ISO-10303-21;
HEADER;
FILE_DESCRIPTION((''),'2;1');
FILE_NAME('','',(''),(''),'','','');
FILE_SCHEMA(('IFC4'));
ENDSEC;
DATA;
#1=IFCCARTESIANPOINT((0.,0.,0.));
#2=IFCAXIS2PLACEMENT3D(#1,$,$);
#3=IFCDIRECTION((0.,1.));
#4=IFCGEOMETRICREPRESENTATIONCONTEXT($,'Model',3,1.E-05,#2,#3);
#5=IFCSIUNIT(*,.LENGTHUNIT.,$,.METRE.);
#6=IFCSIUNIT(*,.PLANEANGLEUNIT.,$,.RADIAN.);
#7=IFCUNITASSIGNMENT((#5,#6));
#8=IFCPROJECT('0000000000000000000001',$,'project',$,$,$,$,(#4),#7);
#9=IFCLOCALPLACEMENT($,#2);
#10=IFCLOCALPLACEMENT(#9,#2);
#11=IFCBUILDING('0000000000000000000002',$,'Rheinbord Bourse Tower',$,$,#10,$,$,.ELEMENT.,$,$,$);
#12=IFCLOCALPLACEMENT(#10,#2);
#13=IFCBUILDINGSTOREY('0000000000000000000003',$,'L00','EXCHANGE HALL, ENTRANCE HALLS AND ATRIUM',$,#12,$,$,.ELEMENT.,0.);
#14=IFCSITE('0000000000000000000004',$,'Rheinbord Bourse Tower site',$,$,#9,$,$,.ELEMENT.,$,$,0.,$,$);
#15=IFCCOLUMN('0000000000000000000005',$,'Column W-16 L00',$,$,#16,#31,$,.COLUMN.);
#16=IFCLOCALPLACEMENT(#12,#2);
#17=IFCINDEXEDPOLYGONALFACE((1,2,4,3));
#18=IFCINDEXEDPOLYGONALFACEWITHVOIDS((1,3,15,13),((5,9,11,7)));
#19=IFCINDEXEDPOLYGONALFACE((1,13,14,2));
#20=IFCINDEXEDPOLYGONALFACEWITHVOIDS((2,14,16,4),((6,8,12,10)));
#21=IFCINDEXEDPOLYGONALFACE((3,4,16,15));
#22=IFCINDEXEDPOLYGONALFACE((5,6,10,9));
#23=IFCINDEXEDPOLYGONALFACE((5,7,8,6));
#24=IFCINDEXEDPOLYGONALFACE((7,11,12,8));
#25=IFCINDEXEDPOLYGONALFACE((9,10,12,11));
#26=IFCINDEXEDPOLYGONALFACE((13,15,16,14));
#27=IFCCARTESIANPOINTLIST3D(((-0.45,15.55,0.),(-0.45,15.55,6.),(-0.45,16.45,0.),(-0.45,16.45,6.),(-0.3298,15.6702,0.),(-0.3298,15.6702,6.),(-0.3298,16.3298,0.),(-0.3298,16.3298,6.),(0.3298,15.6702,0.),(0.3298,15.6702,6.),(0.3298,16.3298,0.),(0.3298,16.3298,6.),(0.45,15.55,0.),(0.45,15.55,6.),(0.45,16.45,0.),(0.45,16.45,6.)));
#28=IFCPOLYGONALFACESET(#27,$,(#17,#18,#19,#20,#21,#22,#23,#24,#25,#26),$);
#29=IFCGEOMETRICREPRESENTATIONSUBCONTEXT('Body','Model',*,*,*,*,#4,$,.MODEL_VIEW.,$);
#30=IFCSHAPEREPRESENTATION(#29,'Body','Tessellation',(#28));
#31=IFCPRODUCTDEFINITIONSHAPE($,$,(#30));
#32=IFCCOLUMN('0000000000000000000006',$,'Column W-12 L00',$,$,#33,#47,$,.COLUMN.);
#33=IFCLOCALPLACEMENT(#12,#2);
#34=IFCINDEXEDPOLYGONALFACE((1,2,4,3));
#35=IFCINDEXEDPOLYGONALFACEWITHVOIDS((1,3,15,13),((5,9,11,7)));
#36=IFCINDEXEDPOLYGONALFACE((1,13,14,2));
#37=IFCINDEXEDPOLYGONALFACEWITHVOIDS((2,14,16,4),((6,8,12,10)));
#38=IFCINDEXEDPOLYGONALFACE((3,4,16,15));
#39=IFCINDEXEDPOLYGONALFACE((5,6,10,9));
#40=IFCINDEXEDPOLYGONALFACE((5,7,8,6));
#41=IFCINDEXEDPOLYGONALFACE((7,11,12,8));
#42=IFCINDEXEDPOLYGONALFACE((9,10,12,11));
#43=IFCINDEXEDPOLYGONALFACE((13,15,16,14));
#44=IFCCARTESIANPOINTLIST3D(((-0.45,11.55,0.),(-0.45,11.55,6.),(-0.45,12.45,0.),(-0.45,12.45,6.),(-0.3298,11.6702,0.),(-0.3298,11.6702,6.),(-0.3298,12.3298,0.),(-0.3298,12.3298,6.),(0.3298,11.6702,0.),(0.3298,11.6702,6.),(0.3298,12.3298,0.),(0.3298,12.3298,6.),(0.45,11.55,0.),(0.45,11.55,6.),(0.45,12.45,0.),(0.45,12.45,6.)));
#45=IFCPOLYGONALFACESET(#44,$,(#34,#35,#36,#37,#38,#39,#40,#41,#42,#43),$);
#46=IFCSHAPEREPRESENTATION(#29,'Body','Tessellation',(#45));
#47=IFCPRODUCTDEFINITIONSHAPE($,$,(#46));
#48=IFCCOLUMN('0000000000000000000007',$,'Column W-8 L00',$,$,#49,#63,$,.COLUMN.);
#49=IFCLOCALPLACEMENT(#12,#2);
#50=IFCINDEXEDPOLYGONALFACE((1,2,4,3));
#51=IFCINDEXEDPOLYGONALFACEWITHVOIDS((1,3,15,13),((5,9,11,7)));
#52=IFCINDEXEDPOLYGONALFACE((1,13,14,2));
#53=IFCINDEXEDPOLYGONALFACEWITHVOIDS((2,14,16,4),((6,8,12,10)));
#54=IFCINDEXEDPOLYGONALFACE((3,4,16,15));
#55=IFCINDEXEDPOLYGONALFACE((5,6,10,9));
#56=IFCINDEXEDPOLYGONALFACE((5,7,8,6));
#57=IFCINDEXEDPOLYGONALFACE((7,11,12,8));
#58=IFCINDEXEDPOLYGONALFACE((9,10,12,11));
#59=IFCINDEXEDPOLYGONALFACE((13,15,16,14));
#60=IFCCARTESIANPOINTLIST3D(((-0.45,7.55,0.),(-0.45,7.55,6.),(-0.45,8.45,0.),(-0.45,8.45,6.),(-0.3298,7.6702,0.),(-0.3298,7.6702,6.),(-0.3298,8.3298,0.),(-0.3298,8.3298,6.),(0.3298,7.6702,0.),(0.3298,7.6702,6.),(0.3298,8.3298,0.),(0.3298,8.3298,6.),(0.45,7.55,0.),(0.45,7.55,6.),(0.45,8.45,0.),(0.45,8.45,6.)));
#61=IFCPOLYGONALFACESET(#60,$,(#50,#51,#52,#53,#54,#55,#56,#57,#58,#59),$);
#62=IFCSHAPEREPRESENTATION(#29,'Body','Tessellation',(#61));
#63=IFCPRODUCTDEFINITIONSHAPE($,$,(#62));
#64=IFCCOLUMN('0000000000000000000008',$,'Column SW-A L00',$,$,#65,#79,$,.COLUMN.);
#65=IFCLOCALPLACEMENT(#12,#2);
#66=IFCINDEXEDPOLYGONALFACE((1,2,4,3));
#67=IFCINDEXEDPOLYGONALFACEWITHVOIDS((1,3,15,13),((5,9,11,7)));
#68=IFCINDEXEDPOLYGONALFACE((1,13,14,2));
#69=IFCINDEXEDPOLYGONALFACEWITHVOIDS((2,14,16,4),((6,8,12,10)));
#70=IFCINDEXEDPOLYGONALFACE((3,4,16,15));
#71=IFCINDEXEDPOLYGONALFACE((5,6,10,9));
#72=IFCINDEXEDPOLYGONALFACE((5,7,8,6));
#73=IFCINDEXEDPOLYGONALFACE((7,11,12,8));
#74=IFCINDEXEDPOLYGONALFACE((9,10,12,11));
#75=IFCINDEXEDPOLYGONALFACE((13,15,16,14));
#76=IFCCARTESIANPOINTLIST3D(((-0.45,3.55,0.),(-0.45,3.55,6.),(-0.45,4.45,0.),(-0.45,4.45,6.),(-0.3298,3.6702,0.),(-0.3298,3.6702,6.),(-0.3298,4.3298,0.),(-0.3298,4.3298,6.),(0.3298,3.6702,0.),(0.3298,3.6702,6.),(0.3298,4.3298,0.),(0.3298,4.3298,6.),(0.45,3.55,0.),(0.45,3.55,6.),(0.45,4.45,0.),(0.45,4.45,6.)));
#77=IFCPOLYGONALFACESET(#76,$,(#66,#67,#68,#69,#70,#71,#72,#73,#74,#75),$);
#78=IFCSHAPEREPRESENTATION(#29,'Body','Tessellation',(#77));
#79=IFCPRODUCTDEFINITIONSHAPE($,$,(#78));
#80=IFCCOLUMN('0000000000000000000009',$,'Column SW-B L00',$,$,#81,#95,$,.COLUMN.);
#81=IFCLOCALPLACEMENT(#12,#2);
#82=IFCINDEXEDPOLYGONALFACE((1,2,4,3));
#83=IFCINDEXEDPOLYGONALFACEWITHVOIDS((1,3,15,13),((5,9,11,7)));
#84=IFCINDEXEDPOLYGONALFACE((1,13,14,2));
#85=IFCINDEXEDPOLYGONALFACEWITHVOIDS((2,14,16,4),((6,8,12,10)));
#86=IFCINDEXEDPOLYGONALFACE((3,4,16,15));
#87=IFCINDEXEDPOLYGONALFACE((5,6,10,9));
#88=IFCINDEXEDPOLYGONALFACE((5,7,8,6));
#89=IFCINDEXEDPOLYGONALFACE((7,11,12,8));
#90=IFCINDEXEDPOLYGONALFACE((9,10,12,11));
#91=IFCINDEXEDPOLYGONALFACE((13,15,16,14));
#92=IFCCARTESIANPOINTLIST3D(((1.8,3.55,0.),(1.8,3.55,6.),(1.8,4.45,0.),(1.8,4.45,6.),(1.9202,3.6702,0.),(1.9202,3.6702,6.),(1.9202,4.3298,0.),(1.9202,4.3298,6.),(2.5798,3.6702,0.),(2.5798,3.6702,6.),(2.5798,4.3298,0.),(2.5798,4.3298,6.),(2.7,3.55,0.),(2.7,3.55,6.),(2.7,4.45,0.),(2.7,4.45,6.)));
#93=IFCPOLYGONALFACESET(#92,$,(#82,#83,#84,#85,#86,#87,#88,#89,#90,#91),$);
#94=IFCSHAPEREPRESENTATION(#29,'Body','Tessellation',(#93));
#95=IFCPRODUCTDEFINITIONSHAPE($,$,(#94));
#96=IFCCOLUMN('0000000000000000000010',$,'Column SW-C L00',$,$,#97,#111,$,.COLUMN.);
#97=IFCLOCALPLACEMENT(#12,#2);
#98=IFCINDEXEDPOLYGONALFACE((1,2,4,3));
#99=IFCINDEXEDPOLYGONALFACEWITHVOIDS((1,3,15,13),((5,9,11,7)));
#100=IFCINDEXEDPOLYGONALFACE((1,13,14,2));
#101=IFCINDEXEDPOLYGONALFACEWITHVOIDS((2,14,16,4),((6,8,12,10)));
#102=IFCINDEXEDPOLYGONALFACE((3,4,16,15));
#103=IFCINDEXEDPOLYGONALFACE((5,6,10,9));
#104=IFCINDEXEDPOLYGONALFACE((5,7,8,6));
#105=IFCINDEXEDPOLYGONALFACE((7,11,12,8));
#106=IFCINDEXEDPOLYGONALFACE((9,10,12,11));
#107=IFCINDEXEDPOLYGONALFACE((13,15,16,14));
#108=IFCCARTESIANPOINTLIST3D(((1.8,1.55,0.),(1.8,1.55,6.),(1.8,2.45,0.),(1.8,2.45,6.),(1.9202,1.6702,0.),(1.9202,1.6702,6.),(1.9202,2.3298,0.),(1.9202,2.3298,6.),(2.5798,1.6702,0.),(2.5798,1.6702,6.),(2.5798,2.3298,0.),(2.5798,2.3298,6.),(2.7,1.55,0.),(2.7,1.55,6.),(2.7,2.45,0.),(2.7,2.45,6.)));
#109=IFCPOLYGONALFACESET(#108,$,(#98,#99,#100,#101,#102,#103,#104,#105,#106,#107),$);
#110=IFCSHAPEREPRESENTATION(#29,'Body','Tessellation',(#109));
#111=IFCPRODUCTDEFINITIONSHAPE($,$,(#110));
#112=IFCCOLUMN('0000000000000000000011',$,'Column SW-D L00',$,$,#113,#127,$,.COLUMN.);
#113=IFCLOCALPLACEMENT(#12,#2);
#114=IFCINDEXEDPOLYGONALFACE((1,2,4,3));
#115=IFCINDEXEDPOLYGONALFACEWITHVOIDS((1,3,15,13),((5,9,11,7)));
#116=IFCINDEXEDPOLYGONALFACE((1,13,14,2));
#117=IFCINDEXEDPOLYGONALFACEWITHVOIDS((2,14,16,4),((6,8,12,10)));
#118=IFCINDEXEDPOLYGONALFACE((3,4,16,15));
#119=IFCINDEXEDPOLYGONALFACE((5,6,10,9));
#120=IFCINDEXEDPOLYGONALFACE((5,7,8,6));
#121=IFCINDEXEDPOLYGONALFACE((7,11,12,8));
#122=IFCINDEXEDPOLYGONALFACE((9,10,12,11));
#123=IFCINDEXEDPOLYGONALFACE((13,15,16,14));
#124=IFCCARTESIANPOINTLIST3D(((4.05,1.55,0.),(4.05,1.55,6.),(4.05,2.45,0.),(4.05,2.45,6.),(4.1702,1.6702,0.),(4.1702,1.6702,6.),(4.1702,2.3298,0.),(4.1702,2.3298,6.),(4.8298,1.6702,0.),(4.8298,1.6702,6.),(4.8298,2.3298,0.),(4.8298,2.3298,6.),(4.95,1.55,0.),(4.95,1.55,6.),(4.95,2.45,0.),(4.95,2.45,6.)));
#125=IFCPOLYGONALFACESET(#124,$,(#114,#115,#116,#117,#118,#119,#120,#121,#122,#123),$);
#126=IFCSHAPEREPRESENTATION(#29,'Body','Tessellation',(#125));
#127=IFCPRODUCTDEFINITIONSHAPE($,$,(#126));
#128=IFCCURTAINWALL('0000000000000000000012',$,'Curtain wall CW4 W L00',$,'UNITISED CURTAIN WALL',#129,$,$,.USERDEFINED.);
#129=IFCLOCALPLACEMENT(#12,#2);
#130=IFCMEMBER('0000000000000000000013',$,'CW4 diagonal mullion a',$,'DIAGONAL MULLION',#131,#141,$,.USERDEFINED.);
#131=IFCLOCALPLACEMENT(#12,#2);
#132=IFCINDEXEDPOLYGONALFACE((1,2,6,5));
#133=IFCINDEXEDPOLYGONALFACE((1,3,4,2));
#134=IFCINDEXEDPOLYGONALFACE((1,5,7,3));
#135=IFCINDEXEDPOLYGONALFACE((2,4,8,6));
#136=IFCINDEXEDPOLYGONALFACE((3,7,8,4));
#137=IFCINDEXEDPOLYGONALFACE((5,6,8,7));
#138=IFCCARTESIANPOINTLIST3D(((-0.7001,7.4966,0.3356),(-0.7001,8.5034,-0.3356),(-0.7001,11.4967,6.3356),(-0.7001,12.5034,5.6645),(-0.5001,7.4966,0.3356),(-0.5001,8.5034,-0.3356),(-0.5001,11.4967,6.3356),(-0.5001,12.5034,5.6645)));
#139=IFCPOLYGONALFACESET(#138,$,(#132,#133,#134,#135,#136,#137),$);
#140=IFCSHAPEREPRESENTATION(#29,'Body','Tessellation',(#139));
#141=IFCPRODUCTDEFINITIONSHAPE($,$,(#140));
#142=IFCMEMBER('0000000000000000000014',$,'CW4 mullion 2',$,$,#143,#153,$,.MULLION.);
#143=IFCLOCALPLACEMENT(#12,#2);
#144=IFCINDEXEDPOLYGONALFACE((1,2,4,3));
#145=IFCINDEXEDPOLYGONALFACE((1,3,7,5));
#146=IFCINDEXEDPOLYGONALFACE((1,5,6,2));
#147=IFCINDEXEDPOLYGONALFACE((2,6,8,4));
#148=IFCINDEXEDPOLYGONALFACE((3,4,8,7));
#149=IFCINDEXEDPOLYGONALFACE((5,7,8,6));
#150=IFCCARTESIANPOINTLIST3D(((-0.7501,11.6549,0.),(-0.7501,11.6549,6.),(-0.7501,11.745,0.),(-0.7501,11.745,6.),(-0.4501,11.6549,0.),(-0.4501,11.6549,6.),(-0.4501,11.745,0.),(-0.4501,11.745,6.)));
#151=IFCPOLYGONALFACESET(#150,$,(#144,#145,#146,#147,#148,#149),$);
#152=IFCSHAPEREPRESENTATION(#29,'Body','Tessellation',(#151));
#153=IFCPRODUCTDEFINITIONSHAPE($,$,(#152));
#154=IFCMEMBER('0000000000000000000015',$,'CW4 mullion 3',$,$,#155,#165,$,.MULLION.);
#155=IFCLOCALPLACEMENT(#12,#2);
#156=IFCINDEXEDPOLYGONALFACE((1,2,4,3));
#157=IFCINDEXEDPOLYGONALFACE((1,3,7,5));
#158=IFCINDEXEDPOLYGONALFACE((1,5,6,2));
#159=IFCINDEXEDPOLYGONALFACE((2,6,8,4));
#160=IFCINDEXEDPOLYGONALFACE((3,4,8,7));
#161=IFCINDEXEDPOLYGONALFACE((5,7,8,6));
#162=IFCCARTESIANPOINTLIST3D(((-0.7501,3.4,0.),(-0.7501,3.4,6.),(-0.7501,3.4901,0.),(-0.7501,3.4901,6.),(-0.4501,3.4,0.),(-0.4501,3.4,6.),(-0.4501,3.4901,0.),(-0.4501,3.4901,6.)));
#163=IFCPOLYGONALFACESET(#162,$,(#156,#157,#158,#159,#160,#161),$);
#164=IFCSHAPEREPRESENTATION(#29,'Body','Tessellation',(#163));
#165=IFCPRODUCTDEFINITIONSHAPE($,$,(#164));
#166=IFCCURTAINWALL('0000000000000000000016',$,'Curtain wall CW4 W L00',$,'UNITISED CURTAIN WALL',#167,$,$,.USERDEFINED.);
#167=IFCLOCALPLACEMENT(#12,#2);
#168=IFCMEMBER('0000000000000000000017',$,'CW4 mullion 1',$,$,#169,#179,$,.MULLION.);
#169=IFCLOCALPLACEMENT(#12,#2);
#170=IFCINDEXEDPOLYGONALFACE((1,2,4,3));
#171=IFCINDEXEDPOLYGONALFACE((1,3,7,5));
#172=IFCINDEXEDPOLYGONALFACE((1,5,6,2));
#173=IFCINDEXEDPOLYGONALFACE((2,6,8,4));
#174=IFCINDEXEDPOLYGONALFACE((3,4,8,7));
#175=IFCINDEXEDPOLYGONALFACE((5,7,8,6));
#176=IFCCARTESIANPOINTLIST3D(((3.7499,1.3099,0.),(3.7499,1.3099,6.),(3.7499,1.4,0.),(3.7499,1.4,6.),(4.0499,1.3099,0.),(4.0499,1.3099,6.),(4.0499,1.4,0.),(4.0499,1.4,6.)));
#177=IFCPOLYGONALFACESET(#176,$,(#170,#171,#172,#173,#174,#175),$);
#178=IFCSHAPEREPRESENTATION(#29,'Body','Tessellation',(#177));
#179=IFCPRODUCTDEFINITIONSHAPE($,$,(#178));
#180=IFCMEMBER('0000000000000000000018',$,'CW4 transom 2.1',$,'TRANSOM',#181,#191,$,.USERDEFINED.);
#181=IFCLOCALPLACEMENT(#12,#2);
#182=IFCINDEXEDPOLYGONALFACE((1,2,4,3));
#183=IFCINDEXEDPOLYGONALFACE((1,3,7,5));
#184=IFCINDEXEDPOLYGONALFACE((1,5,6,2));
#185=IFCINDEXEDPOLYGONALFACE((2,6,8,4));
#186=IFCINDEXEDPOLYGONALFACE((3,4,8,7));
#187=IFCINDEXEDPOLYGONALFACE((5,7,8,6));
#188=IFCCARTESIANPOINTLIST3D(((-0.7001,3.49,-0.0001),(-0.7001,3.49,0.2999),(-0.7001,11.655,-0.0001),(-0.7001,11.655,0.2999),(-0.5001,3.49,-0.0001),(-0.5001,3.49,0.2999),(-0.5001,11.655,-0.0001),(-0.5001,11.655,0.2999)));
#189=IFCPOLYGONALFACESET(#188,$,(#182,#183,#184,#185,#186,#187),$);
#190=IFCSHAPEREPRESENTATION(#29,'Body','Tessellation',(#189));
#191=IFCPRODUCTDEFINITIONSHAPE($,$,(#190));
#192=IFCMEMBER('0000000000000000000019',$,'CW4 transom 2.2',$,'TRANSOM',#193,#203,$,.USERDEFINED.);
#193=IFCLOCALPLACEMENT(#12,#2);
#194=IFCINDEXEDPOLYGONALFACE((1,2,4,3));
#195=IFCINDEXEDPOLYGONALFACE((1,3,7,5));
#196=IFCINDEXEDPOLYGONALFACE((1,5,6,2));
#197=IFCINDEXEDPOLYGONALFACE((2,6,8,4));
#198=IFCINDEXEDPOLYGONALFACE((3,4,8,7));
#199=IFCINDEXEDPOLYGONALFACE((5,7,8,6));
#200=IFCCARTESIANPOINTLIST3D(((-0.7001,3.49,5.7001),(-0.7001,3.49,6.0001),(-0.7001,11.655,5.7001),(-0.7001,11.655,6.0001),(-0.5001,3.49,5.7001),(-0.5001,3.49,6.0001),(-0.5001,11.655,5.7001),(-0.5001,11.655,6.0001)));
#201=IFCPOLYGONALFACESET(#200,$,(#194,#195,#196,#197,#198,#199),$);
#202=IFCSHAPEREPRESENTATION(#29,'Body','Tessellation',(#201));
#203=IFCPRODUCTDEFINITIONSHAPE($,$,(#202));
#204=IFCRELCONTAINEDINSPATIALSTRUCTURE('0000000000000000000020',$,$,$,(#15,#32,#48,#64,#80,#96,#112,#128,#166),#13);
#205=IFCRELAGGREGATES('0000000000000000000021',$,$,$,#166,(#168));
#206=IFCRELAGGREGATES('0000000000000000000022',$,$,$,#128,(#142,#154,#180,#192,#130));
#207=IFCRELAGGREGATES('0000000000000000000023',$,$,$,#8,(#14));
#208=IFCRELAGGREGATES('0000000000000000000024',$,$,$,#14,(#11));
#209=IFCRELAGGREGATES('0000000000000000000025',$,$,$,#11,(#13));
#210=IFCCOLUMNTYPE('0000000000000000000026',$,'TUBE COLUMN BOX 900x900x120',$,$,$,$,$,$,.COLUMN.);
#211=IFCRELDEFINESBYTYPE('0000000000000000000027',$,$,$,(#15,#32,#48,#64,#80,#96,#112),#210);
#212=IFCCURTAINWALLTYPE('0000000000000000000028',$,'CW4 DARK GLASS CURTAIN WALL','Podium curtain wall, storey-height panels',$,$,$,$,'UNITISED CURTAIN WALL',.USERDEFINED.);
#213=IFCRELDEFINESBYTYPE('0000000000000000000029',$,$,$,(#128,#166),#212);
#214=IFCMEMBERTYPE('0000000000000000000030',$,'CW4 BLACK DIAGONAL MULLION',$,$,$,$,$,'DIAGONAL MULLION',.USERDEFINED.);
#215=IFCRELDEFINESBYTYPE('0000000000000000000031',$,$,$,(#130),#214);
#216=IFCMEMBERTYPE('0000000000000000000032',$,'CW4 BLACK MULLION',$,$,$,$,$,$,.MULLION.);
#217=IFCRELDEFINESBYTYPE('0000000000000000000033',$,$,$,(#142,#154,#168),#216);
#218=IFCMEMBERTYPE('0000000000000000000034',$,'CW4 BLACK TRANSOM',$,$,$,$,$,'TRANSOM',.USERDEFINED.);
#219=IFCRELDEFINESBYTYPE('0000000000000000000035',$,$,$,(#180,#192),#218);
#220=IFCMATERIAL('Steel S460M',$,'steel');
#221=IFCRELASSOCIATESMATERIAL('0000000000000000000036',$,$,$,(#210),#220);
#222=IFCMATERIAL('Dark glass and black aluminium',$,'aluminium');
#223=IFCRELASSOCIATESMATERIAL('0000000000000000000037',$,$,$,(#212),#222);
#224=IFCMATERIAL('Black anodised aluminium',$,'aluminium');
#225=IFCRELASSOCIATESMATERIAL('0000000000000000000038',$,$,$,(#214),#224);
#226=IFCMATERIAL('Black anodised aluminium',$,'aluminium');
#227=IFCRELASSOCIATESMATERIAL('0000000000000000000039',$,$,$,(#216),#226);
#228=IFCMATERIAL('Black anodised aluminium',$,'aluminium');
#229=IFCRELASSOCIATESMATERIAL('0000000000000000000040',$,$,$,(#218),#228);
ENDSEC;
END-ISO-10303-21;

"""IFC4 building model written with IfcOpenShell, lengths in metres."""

from ifc_helpers import new_model, si_unit, direction, frame, origin, origin_2d, place, context, subcontext, project, spatial, rectangle, hollow_rectangle, extrude, material, material_profile, profile_set, type_object, element, aggregate, save


model = new_model("IFC4")

# Units and contexts
model_context = context("Model", 3, precision=1e-05, world=origin(), true_north=direction((0.0, 1.0)))
body_context = subcontext(model_context, "Body", "Model", "MODEL_VIEW")
ifc_project = project(units=[si_unit("LENGTHUNIT", "METRE"), si_unit("PLANEANGLEUNIT", "RADIAN")], contexts=[model_context])

# Site, building, storey
site_placement = place(None, origin())
site = spatial("IfcSite", under=ifc_project, at=site_placement, Name="Rheinbord Bourse Tower site", CompositionType="ELEMENT", RefElevation=0.0)
building_placement = place(site_placement, origin())
building = spatial("IfcBuilding", under=site, at=building_placement, Name="Rheinbord Bourse Tower", CompositionType="ELEMENT")
storey_placement = place(building_placement, origin())
storey = spatial("IfcBuildingStorey", under=building, at=storey_placement, Name="L00", Description="EXCHANGE HALL, ENTRANCE HALLS AND ATRIUM", CompositionType="ELEMENT", Elevation=0.0)

# Columns
ifc_material_1 = material(Name="Steel S460M", Category="steel")
ifc_material_profile_1 = material_profile(ifc_material_1, hollow_rectangle(XDim=0.8999, YDim=0.8999, WallThickness=0.1201, at=origin_2d()), Name="BOX 900x900x120")
ifc_profile_set_1 = profile_set([ifc_material_profile_1], Name="Steel S460M")
column_type = type_object("IfcColumnType", Name="TUBE COLUMN BOX 900x900x120", PredefinedType="COLUMN", material=ifc_profile_set_1)
for number, where, z_axis, x_axis, name in (
    (1, (0.0, 16.0, 0.0), (0.0, 0.0, 1.0), (1.0, 0.0, 0.0), "Column W-16 L00"),
    (2, (0.0, 12.0, 0.0), (0.0, 0.0, 1.0), (1.0, 0.0, 0.0), "Column W-12 L00"),
    (3, (0.0, 8.0, 0.0), (0.0, 0.0, 1.0), (1.0, 0.0, 0.0), "Column W-8 L00"),
    (4, (0.0, 4.0, 0.0), (0.0, 0.0, 1.0), (1.0, 0.0, 0.0), "Column SW-A L00"),
    (5, (2.25, 4.0, 0.0), (0.0, 0.0, 1.0), (1.0, 0.0, 0.0), "Column SW-B L00"),
    (6, (2.25, 2.0, 0.0), (0.0, 0.0, 1.0), (1.0, 0.0, 0.0), "Column SW-C L00"),
    (7, (4.5, 2.0, 0.0), (0.0, 0.0, 1.0), (0.0, 1.0, 0.0), "Column SW-D L00"),
):
    element("IfcColumn", number, at=place(storey_placement, frame(where, z_axis=z_axis, x_axis=x_axis)), inside=storey, type_object=column_type, Name=name, PredefinedType="COLUMN", context=body_context, shape_type="SweptSolid", body=[
        extrude(hollow_rectangle(XDim=0.8999, YDim=0.8999, WallThickness=0.1201, at=origin_2d()), origin(), (0.0, 0.0, 1.0), 6.0),
    ])

# Curtain wall, members
ifc_material_2 = material(Name="Dark glass and black aluminium", Category="aluminium")
curtain_wall_type = type_object("IfcCurtainWallType", Name="CW4 DARK GLASS CURTAIN WALL", Description="Podium curtain wall, storey-height panels", ElementType="UNITISED CURTAIN WALL", PredefinedType="USERDEFINED", material=ifc_material_2)
curtain_wall_1_placement = place(storey_placement, origin())
curtain_wall_1 = element("IfcCurtainWall", 8, at=curtain_wall_1_placement, inside=storey, type_object=curtain_wall_type, Name="Curtain wall CW4 W L00", ObjectType="UNITISED CURTAIN WALL", PredefinedType="USERDEFINED")
ifc_material_3 = material(Name="Black anodised aluminium", Category="aluminium")
ifc_material_profile_2 = material_profile(ifc_material_3, rectangle(XDim=0.2, YDim=1.21, at=origin_2d()), Name="CW4 DIAGONAL MULLION 1210x200")
ifc_profile_set_2 = profile_set([ifc_material_profile_2], Name="Black anodised aluminium")
member_type_1 = type_object("IfcMemberType", Name="CW4 BLACK DIAGONAL MULLION", ElementType="DIAGONAL MULLION", PredefinedType="USERDEFINED", material=ifc_profile_set_2)
member_1_placement = place(storey_placement, frame((-0.6001, 8.0, 0.0), z_axis=(0.0, 0.5547, 0.83205), x_axis=(-1.0, 0.0, 0.0)))
member_1 = element("IfcMember", 9, at=member_1_placement, type_object=member_type_1, Name="CW4 diagonal mullion a", ObjectType="DIAGONAL MULLION", PredefinedType="USERDEFINED", context=body_context, shape_type="SweptSolid", body=[
    extrude(rectangle(XDim=0.2, YDim=1.21, at=origin_2d()), origin(), (0.0, 0.0, 1.0), 7.2112),
])
ifc_material_4 = material(Name="Black anodised aluminium", Category="aluminium")
ifc_material_profile_3 = material_profile(ifc_material_4, rectangle(XDim=0.3, YDim=0.0901, at=origin_2d()), Name="CW4 MULLION 90x300")
ifc_profile_set_3 = profile_set([ifc_material_profile_3], Name="Black anodised aluminium")
member_type_2 = type_object("IfcMemberType", Name="CW4 BLACK MULLION", PredefinedType="MULLION", material=ifc_profile_set_3)
member_2_placement = place(storey_placement, frame((-0.6001, 11.7, 0.0), z_axis=(0.0, 0.0, 1.0), x_axis=(1.0, 0.0, 0.0)))
member_2 = element("IfcMember", 10, at=member_2_placement, type_object=member_type_2, Name="CW4 mullion 2", PredefinedType="MULLION", context=body_context, shape_type="SweptSolid", body=[
    extrude(rectangle(XDim=0.3, YDim=0.0901, at=origin_2d()), origin(), (0.0, 0.0, 1.0), 6.0),
])
member_3_placement = place(storey_placement, frame((-0.6001, 3.4451, 0.0), z_axis=(0.0, 0.0, 1.0), x_axis=(1.0, 0.0, 0.0)))
member_3 = element("IfcMember", 11, at=member_3_placement, type_object=member_type_2, Name="CW4 mullion 3", PredefinedType="MULLION", context=body_context, shape_type="SweptSolid", body=[
    extrude(rectangle(XDim=0.3, YDim=0.0901, at=origin_2d()), origin(), (0.0, 0.0, 1.0), 6.0),
])

# Curtain wall, member
curtain_wall_2_placement = place(storey_placement, origin())
curtain_wall_2 = element("IfcCurtainWall", 12, at=curtain_wall_2_placement, inside=storey, type_object=curtain_wall_type, Name="Curtain wall CW4 W L00", ObjectType="UNITISED CURTAIN WALL", PredefinedType="USERDEFINED")
member_4_placement = place(storey_placement, frame((3.8999, 1.355, 0.0), z_axis=(0.0, 0.0, 1.0), x_axis=(1.0, 0.0, 0.0)))
member_4 = element("IfcMember", 13, at=member_4_placement, type_object=member_type_2, Name="CW4 mullion 1", PredefinedType="MULLION", context=body_context, shape_type="SweptSolid", body=[
    extrude(rectangle(XDim=0.3, YDim=0.0901, at=origin_2d()), origin(), (0.0, 0.0, 1.0), 6.0),
])

# Members
ifc_material_5 = material(Name="Black anodised aluminium", Category="aluminium")
ifc_material_profile_4 = material_profile(ifc_material_5, rectangle(XDim=0.2, YDim=0.3, at=origin_2d()), Name="CW4 TRANSOM 300x200")
ifc_profile_set_4 = profile_set([ifc_material_profile_4], Name="Black anodised aluminium")
member_type_3 = type_object("IfcMemberType", Name="CW4 BLACK TRANSOM", ElementType="TRANSOM", PredefinedType="USERDEFINED", material=ifc_profile_set_4)
member_5_placement = place(storey_placement, frame((-0.6001, 11.655, 0.1499), z_axis=(0.0, -1.0, 0.0), x_axis=(1.0, 0.0, 0.0)))
member_5 = element("IfcMember", 14, at=member_5_placement, type_object=member_type_3, Name="CW4 transom 2.1", ObjectType="TRANSOM", PredefinedType="USERDEFINED", context=body_context, shape_type="SweptSolid", body=[
    extrude(rectangle(XDim=0.2, YDim=0.3, at=origin_2d()), origin(), (0.0, 0.0, 1.0), 8.165),
])
member_6_placement = place(storey_placement, frame((-0.6001, 11.655, 5.8501), z_axis=(0.0, -1.0, 0.0), x_axis=(1.0, 0.0, 0.0)))
member_6 = element("IfcMember", 15, at=member_6_placement, type_object=member_type_3, Name="CW4 transom 2.2", ObjectType="TRANSOM", PredefinedType="USERDEFINED", context=body_context, shape_type="SweptSolid", body=[
    extrude(rectangle(XDim=0.2, YDim=0.3, at=origin_2d()), origin(), (0.0, 0.0, 1.0), 8.165),
])
aggregate(curtain_wall_2, [member_4])

aggregate(curtain_wall_1, [member_2, member_3, member_5, member_6, member_1])

save(model, "model.ifc")
